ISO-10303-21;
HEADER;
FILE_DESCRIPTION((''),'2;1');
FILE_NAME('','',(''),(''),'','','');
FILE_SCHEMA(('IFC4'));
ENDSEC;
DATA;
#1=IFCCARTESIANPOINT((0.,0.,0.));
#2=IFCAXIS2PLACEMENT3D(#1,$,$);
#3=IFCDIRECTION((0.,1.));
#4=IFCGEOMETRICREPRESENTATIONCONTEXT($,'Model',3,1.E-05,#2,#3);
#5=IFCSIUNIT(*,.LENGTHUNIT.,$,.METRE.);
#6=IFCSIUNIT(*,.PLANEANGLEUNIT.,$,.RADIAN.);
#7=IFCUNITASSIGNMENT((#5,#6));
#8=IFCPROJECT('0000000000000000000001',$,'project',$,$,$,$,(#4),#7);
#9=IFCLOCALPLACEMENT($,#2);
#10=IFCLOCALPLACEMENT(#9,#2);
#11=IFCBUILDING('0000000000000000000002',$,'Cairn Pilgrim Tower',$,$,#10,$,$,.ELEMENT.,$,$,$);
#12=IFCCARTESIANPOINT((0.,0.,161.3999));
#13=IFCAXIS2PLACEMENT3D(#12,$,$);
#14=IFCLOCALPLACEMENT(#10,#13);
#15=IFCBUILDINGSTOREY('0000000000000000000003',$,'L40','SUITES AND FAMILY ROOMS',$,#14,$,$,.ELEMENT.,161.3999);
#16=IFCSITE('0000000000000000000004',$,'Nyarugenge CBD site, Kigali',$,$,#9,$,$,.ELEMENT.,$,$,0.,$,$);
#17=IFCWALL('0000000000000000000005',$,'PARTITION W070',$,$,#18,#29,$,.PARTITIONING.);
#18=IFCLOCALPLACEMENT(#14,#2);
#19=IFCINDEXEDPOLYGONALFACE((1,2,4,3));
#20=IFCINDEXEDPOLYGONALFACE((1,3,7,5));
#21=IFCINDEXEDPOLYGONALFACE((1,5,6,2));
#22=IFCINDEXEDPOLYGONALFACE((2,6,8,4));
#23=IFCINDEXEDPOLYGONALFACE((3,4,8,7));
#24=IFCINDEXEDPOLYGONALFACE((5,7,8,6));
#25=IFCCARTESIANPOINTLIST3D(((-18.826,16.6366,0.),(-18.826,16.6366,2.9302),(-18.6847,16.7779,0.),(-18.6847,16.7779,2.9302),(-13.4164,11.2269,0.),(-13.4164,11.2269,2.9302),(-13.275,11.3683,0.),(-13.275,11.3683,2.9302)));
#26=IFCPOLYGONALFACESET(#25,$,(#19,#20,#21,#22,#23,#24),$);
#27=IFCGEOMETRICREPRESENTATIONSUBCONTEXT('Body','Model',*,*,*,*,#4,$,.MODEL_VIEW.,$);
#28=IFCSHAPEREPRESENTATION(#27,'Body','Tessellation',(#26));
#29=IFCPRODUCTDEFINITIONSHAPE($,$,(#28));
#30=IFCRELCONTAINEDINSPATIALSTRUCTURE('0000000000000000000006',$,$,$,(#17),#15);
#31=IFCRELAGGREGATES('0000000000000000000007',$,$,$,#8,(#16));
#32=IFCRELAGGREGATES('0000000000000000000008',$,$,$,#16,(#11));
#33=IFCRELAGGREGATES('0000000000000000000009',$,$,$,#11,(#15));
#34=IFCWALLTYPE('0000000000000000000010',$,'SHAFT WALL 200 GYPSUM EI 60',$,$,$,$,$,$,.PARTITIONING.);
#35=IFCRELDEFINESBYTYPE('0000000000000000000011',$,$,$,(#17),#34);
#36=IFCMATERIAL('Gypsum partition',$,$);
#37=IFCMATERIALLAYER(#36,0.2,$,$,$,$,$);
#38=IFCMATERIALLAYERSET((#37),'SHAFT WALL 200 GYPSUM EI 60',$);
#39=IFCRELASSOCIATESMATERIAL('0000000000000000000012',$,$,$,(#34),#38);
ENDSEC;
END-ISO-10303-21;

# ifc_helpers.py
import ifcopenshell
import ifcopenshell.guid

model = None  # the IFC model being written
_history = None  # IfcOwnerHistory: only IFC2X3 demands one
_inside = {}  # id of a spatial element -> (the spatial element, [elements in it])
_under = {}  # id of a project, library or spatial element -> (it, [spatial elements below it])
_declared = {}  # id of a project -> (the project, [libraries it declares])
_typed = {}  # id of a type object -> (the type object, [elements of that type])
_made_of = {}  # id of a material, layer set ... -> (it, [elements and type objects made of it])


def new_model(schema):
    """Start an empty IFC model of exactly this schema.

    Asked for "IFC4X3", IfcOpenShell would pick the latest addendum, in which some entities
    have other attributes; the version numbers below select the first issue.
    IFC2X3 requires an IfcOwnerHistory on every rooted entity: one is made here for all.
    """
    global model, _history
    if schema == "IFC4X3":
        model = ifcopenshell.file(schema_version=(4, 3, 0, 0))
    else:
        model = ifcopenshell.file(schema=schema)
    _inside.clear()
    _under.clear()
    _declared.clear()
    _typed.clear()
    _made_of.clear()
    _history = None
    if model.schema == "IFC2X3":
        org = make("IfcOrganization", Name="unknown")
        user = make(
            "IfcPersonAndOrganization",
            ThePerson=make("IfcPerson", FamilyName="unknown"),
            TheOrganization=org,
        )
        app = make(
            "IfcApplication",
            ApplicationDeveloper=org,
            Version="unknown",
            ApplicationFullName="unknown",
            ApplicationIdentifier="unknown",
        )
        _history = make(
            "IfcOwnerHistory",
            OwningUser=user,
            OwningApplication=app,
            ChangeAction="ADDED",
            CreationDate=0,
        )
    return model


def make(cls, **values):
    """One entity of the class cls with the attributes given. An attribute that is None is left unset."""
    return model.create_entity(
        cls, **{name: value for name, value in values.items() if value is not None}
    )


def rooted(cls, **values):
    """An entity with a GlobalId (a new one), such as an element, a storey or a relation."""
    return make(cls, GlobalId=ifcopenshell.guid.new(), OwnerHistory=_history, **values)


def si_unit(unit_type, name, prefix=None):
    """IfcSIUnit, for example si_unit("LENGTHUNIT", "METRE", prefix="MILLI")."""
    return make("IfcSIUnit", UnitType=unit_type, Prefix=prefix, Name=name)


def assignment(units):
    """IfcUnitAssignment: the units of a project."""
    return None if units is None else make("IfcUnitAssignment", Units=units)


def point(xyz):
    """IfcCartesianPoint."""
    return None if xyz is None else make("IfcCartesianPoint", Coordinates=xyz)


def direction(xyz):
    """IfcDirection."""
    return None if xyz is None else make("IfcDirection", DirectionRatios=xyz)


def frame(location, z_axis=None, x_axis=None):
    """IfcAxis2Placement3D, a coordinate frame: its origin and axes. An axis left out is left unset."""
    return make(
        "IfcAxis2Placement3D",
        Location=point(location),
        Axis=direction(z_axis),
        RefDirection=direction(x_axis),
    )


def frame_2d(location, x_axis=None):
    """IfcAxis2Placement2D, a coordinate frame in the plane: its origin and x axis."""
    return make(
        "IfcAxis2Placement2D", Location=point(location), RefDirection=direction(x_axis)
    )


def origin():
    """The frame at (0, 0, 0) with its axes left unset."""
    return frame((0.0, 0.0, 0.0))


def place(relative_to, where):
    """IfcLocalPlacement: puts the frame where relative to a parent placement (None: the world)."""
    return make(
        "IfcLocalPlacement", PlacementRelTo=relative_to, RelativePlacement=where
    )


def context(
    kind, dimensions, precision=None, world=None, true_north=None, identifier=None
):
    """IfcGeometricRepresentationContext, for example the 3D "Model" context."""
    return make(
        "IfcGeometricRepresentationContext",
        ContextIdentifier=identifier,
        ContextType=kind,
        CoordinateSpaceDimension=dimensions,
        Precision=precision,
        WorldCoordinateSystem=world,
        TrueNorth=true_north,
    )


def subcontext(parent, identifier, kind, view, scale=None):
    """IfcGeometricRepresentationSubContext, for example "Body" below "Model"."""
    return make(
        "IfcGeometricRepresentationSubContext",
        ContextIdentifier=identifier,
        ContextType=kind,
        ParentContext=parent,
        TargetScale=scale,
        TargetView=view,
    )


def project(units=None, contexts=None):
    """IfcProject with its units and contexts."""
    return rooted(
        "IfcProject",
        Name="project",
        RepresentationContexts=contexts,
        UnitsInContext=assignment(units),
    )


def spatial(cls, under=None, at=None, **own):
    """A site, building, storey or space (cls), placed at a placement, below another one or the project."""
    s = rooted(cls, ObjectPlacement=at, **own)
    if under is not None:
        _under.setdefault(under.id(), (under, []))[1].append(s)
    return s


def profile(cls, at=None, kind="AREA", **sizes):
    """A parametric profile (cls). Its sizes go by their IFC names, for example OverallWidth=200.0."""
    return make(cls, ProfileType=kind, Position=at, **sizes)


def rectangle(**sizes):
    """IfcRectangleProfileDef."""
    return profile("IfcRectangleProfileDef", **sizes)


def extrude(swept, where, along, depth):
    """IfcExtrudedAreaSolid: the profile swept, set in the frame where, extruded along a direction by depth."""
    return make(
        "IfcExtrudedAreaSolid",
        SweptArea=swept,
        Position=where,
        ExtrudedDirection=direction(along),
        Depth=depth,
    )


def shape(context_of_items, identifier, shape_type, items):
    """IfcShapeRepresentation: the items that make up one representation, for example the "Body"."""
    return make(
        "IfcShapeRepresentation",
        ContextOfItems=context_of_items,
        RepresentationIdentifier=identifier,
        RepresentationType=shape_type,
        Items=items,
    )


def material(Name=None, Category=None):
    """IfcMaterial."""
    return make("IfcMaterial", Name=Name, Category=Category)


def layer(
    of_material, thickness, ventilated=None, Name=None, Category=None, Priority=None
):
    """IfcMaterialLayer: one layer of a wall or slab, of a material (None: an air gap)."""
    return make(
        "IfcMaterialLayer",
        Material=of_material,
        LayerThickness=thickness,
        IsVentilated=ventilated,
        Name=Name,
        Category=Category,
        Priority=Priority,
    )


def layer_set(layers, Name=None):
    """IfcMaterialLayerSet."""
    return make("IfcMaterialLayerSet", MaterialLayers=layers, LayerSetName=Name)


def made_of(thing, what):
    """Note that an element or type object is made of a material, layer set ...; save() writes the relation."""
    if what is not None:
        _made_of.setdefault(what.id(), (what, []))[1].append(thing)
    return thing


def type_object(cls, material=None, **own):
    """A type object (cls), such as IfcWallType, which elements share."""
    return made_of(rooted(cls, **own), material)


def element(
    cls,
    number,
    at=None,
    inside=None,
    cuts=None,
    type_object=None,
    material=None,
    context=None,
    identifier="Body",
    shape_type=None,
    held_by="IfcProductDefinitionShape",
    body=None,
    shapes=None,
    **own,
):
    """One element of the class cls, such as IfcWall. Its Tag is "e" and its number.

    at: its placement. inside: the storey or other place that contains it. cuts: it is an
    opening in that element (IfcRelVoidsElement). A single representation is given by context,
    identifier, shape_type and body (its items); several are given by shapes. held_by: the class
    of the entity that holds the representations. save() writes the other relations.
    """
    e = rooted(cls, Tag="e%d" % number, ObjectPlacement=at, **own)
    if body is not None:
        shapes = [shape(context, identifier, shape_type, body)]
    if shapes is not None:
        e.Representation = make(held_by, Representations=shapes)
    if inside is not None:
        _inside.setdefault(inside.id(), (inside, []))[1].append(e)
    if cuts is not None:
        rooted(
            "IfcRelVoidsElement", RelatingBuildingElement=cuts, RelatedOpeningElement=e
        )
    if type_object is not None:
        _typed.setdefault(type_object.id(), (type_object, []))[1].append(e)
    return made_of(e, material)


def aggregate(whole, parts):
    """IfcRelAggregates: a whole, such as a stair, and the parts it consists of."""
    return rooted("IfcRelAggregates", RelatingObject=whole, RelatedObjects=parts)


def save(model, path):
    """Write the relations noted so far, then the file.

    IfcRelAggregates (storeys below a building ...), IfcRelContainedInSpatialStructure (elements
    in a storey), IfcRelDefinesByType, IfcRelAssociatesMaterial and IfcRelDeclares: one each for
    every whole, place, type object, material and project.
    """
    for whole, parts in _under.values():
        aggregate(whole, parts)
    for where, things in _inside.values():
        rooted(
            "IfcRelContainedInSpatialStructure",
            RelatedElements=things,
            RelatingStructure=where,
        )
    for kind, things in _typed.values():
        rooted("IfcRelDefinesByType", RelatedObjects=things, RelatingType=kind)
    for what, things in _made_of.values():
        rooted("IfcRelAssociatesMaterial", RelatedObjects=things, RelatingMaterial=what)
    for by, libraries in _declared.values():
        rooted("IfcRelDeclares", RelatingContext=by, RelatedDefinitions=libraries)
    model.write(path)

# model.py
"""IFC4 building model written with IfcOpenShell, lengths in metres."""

from ifc_helpers import new_model, si_unit, direction, frame, frame_2d, origin, place, context, subcontext, project, spatial, rectangle, extrude, material, layer, layer_set, type_object, element, save


model = new_model("IFC4")

# Units and contexts
model_context = context("Model", 3, precision=1e-05, world=origin(), true_north=direction((0.0, 1.0)))
body_context = subcontext(model_context, "Body", "Model", "MODEL_VIEW")
ifc_project = project(units=[si_unit("LENGTHUNIT", "METRE"), si_unit("PLANEANGLEUNIT", "RADIAN")], contexts=[model_context])

# Site, building, storey
site_placement = place(None, origin())
site = spatial("IfcSite", under=ifc_project, at=site_placement, Name="Nyarugenge CBD site, Kigali", CompositionType="ELEMENT", RefElevation=0.0)
building_placement = place(site_placement, origin())
building = spatial("IfcBuilding", under=site, at=building_placement, Name="Cairn Pilgrim Tower", CompositionType="ELEMENT")
storey_placement = place(building_placement, frame((0.0, 0.0, 161.3999)))
storey = spatial("IfcBuildingStorey", under=building, at=storey_placement, Name="L40", Description="SUITES AND FAMILY ROOMS", CompositionType="ELEMENT", Elevation=161.3999)

# Shared definitions
ifc_material_1 = material(Name="Gypsum partition")

# Wall
ifc_layer_1 = layer(ifc_material_1, 0.2)
ifc_layer_set_1 = layer_set([ifc_layer_1], Name="SHAFT WALL 200 GYPSUM EI 60")
wall_type_1 = type_object("IfcWallType", Name="SHAFT WALL 200 GYPSUM EI 60", PredefinedType="PARTITIONING", material=ifc_layer_set_1)
wall_1_placement = place(storey_placement, frame((-13.3457, 11.2976, 0.0), z_axis=(0.0, 0.0, 1.0), x_axis=(-0.707107, 0.707107, 0.0)))
element("IfcWall", 1, at=wall_1_placement, inside=storey, type_object=wall_type_1, Name="PARTITION W070", PredefinedType="PARTITIONING", context=body_context, shape_type="SweptSolid", body=[
    extrude(rectangle(XDim=7.6504, YDim=0.2, at=frame_2d((3.8252, 0.0))), origin(), (0.0, 0.0, 1.0), 2.9302),
])

save(model, "model.ifc")
